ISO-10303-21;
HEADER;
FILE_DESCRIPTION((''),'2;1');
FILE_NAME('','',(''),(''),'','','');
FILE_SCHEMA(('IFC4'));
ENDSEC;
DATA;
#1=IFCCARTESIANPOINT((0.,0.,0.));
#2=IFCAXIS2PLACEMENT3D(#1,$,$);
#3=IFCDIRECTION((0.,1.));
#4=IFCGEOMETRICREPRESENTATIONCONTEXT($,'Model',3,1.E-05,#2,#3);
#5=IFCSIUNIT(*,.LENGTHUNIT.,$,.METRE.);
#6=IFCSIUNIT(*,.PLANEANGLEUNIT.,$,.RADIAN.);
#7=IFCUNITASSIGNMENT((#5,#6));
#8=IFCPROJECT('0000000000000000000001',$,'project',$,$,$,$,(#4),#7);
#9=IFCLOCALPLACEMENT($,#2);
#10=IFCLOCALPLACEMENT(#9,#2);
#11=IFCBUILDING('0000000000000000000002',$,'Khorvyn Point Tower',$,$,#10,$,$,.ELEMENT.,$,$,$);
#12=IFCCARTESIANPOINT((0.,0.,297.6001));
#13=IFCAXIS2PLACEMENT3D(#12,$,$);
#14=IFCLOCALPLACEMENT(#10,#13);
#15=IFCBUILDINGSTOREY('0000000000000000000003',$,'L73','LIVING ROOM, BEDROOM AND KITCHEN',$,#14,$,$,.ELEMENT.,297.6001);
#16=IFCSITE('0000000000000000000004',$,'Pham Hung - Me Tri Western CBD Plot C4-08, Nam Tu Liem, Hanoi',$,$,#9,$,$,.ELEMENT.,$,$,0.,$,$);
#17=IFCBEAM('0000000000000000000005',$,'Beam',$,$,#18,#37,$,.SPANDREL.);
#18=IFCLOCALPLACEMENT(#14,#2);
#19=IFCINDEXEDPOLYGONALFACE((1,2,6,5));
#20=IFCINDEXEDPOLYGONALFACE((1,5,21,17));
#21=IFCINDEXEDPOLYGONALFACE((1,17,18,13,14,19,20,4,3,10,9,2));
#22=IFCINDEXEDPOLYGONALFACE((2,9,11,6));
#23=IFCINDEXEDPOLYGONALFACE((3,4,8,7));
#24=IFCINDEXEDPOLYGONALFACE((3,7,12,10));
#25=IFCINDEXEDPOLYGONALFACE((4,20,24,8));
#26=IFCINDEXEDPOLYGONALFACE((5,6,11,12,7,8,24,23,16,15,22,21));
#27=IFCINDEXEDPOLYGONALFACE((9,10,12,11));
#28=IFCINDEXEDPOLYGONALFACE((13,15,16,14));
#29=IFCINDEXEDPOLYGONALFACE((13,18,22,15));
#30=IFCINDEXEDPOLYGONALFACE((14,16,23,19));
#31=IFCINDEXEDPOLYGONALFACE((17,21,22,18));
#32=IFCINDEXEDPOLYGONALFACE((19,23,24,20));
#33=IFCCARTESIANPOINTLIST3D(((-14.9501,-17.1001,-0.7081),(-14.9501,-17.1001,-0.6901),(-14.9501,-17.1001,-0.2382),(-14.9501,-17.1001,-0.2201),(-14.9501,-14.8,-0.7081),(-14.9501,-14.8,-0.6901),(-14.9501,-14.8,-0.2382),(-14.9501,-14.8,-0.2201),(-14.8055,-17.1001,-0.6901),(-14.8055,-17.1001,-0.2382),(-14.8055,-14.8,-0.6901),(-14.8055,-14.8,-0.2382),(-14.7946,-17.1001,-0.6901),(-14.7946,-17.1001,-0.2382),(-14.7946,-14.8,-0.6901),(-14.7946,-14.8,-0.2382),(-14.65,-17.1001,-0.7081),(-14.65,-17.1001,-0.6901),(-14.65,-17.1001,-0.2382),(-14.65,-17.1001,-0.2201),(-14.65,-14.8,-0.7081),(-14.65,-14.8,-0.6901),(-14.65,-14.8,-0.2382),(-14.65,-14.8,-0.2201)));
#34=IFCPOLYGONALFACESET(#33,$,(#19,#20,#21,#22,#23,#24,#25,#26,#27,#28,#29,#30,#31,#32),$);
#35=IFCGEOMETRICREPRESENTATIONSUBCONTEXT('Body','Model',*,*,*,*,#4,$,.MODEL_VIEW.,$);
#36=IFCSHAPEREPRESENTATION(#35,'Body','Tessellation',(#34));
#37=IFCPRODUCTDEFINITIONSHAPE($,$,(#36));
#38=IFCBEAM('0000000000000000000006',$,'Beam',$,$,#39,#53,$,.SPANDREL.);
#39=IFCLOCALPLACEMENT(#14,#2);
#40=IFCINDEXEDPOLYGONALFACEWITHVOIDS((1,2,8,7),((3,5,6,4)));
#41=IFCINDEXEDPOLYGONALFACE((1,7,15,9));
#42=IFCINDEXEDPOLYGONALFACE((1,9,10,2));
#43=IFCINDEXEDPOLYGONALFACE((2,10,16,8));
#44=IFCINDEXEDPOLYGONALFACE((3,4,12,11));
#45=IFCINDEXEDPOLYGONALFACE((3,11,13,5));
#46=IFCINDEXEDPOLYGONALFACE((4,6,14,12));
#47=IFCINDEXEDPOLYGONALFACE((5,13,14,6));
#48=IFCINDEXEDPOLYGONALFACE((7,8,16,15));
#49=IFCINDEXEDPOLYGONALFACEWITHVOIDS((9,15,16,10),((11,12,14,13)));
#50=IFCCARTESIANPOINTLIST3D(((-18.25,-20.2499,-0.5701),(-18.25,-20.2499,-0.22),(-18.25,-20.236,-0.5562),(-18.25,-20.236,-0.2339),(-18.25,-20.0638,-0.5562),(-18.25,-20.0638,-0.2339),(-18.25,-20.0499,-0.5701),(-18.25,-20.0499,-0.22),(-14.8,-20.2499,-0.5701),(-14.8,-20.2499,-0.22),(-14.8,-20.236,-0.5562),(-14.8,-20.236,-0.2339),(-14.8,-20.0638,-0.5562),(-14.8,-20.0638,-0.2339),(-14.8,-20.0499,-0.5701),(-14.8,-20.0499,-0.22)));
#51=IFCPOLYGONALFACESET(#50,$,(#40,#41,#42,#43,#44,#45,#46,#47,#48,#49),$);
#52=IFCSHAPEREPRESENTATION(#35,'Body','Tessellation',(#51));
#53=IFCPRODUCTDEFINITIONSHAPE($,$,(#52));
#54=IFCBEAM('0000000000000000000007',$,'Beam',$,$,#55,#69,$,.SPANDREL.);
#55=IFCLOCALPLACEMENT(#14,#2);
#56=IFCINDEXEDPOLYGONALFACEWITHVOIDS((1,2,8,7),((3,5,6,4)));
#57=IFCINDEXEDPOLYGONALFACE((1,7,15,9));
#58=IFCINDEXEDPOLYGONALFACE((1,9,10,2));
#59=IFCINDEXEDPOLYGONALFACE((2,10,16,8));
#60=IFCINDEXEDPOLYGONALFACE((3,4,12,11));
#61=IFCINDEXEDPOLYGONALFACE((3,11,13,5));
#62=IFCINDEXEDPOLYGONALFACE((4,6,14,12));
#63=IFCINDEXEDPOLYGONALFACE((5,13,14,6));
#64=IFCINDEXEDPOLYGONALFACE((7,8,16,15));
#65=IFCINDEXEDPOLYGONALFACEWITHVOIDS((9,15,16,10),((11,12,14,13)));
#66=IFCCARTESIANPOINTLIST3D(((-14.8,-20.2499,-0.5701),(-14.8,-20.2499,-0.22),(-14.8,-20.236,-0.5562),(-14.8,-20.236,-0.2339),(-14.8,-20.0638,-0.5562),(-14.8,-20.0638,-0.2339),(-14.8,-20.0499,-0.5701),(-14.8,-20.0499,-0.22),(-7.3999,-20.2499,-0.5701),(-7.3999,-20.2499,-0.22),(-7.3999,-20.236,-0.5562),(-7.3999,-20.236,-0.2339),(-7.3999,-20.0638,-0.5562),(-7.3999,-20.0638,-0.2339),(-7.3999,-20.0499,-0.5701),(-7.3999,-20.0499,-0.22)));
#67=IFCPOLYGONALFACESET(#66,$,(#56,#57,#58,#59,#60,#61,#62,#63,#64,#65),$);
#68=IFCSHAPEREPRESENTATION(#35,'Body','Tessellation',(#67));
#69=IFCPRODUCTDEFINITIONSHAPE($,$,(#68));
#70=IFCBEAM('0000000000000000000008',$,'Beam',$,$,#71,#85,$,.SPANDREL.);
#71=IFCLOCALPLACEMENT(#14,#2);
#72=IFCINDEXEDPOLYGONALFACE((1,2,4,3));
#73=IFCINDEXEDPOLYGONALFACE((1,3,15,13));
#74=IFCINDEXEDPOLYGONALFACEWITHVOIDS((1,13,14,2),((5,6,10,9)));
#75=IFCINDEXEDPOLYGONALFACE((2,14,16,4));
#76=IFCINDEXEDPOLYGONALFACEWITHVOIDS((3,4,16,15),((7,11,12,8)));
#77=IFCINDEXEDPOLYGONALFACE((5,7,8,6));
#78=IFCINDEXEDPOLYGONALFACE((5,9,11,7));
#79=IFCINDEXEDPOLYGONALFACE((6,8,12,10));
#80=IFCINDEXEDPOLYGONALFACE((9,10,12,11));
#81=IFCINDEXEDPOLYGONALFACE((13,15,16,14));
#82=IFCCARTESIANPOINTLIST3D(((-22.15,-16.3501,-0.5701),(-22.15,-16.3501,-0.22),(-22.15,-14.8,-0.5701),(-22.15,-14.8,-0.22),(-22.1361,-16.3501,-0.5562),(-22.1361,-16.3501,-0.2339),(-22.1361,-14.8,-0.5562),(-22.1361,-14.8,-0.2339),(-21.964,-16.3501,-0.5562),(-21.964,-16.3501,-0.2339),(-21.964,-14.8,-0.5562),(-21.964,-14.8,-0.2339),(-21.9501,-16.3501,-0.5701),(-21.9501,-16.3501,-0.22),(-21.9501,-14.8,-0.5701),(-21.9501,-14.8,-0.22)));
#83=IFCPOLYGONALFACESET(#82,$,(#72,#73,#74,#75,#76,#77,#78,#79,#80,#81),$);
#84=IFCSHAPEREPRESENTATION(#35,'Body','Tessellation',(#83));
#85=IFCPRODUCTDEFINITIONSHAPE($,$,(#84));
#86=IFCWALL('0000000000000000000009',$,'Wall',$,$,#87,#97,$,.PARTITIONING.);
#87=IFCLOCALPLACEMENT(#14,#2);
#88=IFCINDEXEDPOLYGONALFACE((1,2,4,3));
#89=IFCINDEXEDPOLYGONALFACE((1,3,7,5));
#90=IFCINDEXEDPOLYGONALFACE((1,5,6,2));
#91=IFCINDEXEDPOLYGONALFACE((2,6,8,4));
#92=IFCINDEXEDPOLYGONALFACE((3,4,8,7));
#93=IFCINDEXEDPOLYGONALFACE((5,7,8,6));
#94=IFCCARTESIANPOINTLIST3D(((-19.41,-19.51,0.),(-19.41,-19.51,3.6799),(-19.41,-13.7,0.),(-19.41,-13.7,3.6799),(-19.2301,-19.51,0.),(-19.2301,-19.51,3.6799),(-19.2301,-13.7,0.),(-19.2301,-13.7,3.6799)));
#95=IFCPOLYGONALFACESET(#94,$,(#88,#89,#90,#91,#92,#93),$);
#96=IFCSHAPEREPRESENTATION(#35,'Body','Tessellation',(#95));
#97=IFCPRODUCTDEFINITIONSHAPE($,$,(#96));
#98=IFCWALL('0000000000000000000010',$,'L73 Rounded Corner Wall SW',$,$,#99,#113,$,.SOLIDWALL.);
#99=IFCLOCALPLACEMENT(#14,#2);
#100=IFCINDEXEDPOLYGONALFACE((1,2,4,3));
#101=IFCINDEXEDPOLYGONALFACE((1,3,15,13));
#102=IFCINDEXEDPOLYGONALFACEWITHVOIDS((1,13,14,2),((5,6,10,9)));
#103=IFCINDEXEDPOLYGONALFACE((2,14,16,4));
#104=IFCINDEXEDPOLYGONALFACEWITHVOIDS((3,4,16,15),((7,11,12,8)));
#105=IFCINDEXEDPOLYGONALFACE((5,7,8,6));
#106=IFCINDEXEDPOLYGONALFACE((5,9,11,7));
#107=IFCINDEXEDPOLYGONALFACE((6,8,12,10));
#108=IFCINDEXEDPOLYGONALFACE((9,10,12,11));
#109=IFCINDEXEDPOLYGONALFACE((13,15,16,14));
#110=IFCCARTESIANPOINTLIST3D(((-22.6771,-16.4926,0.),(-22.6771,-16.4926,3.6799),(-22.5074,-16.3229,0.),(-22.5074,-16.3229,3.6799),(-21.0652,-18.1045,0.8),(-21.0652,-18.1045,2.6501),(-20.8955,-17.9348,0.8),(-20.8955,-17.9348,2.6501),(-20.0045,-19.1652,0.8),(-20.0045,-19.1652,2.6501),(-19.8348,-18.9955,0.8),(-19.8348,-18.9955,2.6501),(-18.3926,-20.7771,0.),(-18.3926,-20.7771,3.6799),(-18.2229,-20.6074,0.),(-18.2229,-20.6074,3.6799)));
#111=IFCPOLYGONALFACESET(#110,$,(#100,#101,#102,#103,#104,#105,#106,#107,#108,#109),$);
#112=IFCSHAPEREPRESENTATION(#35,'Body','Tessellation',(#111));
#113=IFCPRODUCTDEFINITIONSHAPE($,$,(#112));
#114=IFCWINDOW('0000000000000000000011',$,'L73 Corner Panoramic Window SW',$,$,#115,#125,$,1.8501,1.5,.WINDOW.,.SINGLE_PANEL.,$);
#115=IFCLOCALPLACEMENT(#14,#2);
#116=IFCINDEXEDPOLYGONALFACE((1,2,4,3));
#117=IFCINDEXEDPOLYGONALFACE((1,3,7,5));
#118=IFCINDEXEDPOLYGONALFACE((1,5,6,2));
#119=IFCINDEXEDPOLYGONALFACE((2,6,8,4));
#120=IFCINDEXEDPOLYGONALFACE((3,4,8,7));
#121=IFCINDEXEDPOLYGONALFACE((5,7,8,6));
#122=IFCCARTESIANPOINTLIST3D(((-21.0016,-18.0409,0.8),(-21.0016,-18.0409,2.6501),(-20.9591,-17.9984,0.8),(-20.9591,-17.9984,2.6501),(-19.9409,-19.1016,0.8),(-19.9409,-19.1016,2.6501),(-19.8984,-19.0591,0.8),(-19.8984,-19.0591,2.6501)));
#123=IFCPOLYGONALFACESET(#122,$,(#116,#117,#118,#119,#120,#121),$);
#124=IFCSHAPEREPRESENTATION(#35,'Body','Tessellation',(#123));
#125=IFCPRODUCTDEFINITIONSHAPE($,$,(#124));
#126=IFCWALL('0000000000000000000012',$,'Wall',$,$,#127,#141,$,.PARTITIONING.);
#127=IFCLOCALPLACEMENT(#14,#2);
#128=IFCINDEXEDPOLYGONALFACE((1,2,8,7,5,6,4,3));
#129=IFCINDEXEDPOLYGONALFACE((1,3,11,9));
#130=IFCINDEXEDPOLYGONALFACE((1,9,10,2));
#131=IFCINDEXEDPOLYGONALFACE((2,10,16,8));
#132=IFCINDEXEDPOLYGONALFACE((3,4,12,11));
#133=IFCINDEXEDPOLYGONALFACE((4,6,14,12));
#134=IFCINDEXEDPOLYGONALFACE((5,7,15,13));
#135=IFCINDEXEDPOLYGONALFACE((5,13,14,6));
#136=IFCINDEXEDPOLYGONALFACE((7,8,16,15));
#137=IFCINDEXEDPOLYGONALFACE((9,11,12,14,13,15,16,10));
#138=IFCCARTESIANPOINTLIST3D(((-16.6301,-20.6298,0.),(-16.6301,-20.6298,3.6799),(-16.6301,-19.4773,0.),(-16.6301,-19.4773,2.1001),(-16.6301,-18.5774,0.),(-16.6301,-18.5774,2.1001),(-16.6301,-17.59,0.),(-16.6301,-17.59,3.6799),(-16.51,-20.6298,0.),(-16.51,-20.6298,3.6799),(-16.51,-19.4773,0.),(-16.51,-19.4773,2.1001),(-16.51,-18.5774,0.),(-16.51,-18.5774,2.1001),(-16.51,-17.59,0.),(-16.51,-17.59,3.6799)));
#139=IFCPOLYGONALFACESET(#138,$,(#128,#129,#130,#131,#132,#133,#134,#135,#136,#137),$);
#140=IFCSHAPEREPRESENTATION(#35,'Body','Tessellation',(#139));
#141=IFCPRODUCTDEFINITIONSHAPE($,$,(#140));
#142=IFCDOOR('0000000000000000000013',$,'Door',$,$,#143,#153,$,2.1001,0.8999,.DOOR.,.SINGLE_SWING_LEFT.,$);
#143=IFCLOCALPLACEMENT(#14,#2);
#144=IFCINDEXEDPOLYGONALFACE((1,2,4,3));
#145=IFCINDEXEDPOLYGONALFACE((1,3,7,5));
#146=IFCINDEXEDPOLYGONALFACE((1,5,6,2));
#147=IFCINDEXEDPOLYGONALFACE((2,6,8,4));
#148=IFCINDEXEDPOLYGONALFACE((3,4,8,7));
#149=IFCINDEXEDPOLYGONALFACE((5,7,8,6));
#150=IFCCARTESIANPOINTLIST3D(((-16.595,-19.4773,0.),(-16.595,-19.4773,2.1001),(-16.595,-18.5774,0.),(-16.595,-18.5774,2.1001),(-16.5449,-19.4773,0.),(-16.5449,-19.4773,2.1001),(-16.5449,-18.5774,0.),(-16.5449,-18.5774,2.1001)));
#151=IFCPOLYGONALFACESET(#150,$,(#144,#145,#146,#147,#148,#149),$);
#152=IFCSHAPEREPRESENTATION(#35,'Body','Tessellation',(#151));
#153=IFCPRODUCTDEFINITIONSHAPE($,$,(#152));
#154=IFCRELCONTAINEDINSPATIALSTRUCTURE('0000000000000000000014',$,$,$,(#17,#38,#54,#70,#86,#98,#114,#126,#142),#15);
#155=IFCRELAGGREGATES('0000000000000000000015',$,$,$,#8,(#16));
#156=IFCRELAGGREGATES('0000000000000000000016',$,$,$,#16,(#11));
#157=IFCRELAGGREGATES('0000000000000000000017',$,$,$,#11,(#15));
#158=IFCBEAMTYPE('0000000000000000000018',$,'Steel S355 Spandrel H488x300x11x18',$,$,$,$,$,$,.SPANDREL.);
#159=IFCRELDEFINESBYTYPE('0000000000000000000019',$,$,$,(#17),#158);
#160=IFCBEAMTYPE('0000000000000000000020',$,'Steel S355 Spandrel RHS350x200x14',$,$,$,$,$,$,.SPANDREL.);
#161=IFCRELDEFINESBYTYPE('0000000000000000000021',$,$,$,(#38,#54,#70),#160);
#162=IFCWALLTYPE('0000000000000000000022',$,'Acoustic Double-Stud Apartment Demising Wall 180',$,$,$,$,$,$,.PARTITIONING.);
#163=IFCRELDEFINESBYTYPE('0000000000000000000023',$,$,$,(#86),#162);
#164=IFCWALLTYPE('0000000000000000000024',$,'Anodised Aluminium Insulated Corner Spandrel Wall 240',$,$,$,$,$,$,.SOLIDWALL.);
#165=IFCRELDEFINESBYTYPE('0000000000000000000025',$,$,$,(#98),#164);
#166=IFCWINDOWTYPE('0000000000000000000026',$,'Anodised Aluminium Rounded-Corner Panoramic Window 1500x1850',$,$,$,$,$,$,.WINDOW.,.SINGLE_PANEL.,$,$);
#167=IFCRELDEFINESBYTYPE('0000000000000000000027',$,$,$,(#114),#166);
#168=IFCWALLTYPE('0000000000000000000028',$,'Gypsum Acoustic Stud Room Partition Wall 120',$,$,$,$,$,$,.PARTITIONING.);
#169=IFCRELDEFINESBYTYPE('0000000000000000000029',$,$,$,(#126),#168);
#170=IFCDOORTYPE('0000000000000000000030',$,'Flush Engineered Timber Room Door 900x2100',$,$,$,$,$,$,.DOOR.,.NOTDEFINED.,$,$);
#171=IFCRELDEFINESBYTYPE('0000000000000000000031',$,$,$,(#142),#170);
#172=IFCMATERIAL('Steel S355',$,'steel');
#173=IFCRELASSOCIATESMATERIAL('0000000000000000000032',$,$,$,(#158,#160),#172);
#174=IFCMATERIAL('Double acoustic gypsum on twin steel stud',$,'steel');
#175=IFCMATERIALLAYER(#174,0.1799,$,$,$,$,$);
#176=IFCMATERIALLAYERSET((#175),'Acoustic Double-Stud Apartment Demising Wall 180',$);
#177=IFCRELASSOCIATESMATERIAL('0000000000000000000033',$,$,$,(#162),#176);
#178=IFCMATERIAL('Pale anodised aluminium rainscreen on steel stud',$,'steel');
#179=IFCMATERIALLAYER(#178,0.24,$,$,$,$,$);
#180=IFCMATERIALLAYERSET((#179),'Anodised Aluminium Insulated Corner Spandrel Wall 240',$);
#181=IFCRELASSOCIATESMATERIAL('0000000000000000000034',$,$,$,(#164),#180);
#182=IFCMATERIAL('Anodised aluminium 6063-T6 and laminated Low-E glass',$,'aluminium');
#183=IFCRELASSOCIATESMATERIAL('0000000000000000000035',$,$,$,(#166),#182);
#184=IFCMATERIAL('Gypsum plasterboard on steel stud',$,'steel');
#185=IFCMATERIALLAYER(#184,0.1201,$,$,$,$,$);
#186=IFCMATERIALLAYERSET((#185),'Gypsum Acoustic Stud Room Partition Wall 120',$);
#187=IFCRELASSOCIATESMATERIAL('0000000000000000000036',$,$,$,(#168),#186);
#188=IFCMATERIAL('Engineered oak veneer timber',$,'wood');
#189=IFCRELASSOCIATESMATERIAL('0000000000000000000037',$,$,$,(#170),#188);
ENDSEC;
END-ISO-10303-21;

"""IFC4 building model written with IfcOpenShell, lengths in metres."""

from ifc_helpers import new_model, si_unit, direction, frame, frame_2d, origin, origin_2d, place, context, subcontext, project, spatial, rectangle, hollow_rectangle, i_section, extrude, material, layer, layer_set, material_profile, profile_set, type_object, element, fill, save


model = new_model("IFC4")

# Units and contexts
model_context = context("Model", 3, precision=1e-05, world=origin(), true_north=direction((0.0, 1.0)))
body_context = subcontext(model_context, "Body", "Model", "MODEL_VIEW")
ifc_project = project(units=[si_unit("LENGTHUNIT", "METRE"), si_unit("PLANEANGLEUNIT", "RADIAN")], contexts=[model_context])

# Site, building, storey
site_placement = place(None, origin())
site = spatial("IfcSite", under=ifc_project, at=site_placement, Name="Pham Hung - Me Tri Western CBD Plot C4-08, Nam Tu Liem, Hanoi", CompositionType="ELEMENT", RefElevation=0.0)
building_placement = place(site_placement, origin())
building = spatial("IfcBuilding", under=site, at=building_placement, Name="Khorvyn Point Tower", CompositionType="ELEMENT")
storey_placement = place(building_placement, frame((0.0, 0.0, 297.6001)))
storey = spatial("IfcBuildingStorey", under=building, at=storey_placement, Name="L73", Description="LIVING ROOM, BEDROOM AND KITCHEN", CompositionType="ELEMENT", Elevation=297.6001)

# Shared definitions
ifc_material_1 = material(Name="Steel S355", Category="steel")

# Shared definitions
ifc_material_2 = material(Name="Anodised aluminium 6063-T6 and laminated Low-E glass", Category="aluminium")

# Beams
ifc_material_profile_1 = material_profile(ifc_material_1, i_section(OverallWidth=0.3, OverallDepth=0.488, WebThickness=0.011, FlangeThickness=0.0181, at=origin_2d()))
ifc_profile_set_1 = profile_set([ifc_material_profile_1], Name="Steel S355 H488x300x11x18")
beam_type_1 = type_object("IfcBeamType", Name="Steel S355 Spandrel H488x300x11x18", PredefinedType="SPANDREL", material=ifc_profile_set_1)
beam_1_placement = place(storey_placement, frame((-14.8, -17.1001, -0.4641), z_axis=(0.0, 1.0, 0.0), x_axis=(-1.0, 0.0, 0.0)))
element("IfcBeam", 1, at=beam_1_placement, inside=storey, type_object=beam_type_1, Name="Beam", PredefinedType="SPANDREL", context=body_context, shape_type="SweptSolid", body=[
    extrude(i_section(OverallWidth=0.3, OverallDepth=0.488, WebThickness=0.011, FlangeThickness=0.0181, at=origin_2d()), origin(), (0.0, 0.0, 1.0), 2.3),
])
ifc_material_profile_2 = material_profile(ifc_material_1, hollow_rectangle(XDim=0.2, YDim=0.3501, WallThickness=0.0139, at=origin_2d()))
ifc_profile_set_2 = profile_set([ifc_material_profile_2], Name="Steel S355 RHS350x200x14")
beam_type_2 = type_object("IfcBeamType", Name="Steel S355 Spandrel RHS350x200x14", PredefinedType="SPANDREL", material=ifc_profile_set_2)
beam_2_placement = place(storey_placement, frame((-18.25, -20.1499, -0.395), z_axis=(1.0, 0.0, 0.0), x_axis=(0.0, 1.0, 0.0)))
element("IfcBeam", 2, at=beam_2_placement, inside=storey, type_object=beam_type_2, Name="Beam", PredefinedType="SPANDREL", context=body_context, shape_type="SweptSolid", body=[
    extrude(hollow_rectangle(XDim=0.2, YDim=0.3501, WallThickness=0.0139, at=origin_2d()), origin(), (0.0, 0.0, 1.0), 3.45),
])
beam_3_placement = place(storey_placement, frame((-14.8, -20.1499, -0.395), z_axis=(1.0, 0.0, 0.0), x_axis=(0.0, 1.0, 0.0)))
element("IfcBeam", 3, at=beam_3_placement, inside=storey, type_object=beam_type_2, Name="Beam", PredefinedType="SPANDREL", context=body_context, shape_type="SweptSolid", body=[
    extrude(hollow_rectangle(XDim=0.2, YDim=0.3501, WallThickness=0.0139, at=origin_2d()), origin(), (0.0, 0.0, 1.0), 7.4001),
])
beam_4_placement = place(storey_placement, frame((-22.05, -16.3501, -0.395), z_axis=(0.0, 1.0, 0.0), x_axis=(-1.0, 0.0, 0.0)))
element("IfcBeam", 4, at=beam_4_placement, inside=storey, type_object=beam_type_2, Name="Beam", PredefinedType="SPANDREL", context=body_context, shape_type="SweptSolid", body=[
    extrude(hollow_rectangle(XDim=0.2, YDim=0.3501, WallThickness=0.0139, at=origin_2d()), origin(), (0.0, 0.0, 1.0), 1.55),
])

# Wall
ifc_material_3 = material(Name="Double acoustic gypsum on twin steel stud", Category="steel")
ifc_layer_1 = layer(ifc_material_3, 0.1799)
ifc_layer_set_1 = layer_set([ifc_layer_1], Name="Acoustic Double-Stud Apartment Demising Wall 180")
wall_type_1 = type_object("IfcWallType", Name="Acoustic Double-Stud Apartment Demising Wall 180", PredefinedType="PARTITIONING", material=ifc_layer_set_1)
wall_1_placement = place(storey_placement, frame((-19.3201, -19.51, 0.0), z_axis=(0.0, 0.0, 1.0), x_axis=(0.0, 1.0, 0.0)))
element("IfcWall", 5, at=wall_1_placement, inside=storey, type_object=wall_type_1, Name="Wall", PredefinedType="PARTITIONING", context=body_context, shape_type="SweptSolid", body=[
    extrude(rectangle(XDim=5.8101, YDim=0.1799, at=frame_2d((2.905, 0.0))), origin(), (0.0, 0.0, 1.0), 3.6799),
])

# Wall, opening, window
ifc_material_4 = material(Name="Pale anodised aluminium rainscreen on steel stud", Category="steel")
ifc_layer_2 = layer(ifc_material_4, 0.24)
ifc_layer_set_2 = layer_set([ifc_layer_2], Name="Anodised Aluminium Insulated Corner Spandrel Wall 240")
wall_type_2 = type_object("IfcWallType", Name="Anodised Aluminium Insulated Corner Spandrel Wall 240", PredefinedType="SOLIDWALL", material=ifc_layer_set_2)
wall_2_placement = place(storey_placement, frame((-18.3076, -20.6924, 0.0), z_axis=(0.0, 0.0, 1.0), x_axis=(-0.707107, 0.707107, 0.0)))
wall_2 = element("IfcWall", 6, at=wall_2_placement, inside=storey, type_object=wall_type_2, Name="L73 Rounded Corner Wall SW", PredefinedType="SOLIDWALL", context=body_context, shape_type="SweptSolid", body=[
    extrude(rectangle(XDim=6.0593, YDim=0.24, at=frame_2d((3.0298, 0.0))), origin(), (0.0, 0.0, 1.0), 3.6799),
])
opening_1_placement = place(wall_2_placement, frame((2.2798, 0.0, 0.8)))
opening_1 = element("IfcOpeningElement", 7, at=opening_1_placement, cuts=wall_2, PredefinedType="OPENING", context=body_context, shape_type="SweptSolid", body=[
    extrude(rectangle(XDim=1.5, YDim=1.8501, at=frame_2d((0.75, 0.925))), frame((0.0, 0.1299, 0.0), z_axis=(0.0, -1.0, 0.0), x_axis=(1.0, 0.0, 0.0)), (0.0, 0.0, 1.0), 0.26),
])
window_type = type_object("IfcWindowType", Name="Anodised Aluminium Rounded-Corner Panoramic Window 1500x1850", PartitioningType="SINGLE_PANEL", PredefinedType="WINDOW", material=ifc_material_2)
window_placement = place(opening_1_placement, origin())
window = element("IfcWindow", 8, at=window_placement, inside=storey, type_object=window_type, Name="L73 Corner Panoramic Window SW", OverallHeight=1.8501, OverallWidth=1.5, PartitioningType="SINGLE_PANEL", PredefinedType="WINDOW", context=body_context, shape_type="SweptSolid", body=[
    extrude(rectangle(XDim=1.5, YDim=1.8501, at=frame_2d((0.75, 0.925))), frame((0.0, 0.03, 0.0), z_axis=(0.0, -1.0, 0.0), x_axis=(1.0, 0.0, 0.0)), (0.0, 0.0, 1.0), 0.0601),
])
fill(opening_1, window)

# Wall, opening, door
ifc_material_5 = material(Name="Gypsum plasterboard on steel stud", Category="steel")
ifc_layer_3 = layer(ifc_material_5, 0.1201)
ifc_layer_set_3 = layer_set([ifc_layer_3], Name="Gypsum Acoustic Stud Room Partition Wall 120")
wall_type_3 = type_object("IfcWallType", Name="Gypsum Acoustic Stud Room Partition Wall 120", PredefinedType="PARTITIONING", material=ifc_layer_set_3)
wall_3_placement = place(storey_placement, frame((-16.5701, -20.6299, 0.0), z_axis=(0.0, 0.0, 1.0), x_axis=(0.0, 1.0, 0.0)))
wall_3 = element("IfcWall", 9, at=wall_3_placement, inside=storey, type_object=wall_type_3, Name="Wall", PredefinedType="PARTITIONING", context=body_context, shape_type="SweptSolid", body=[
    extrude(rectangle(XDim=3.0398, YDim=0.1201, at=frame_2d((1.52, 0.0))), origin(), (0.0, 0.0, 1.0), 3.6799),
])
opening_2_placement = place(wall_3_placement, frame((1.1526, 0.0, 0.0)))
opening_2 = element("IfcOpeningElement", 10, at=opening_2_placement, cuts=wall_3, PredefinedType="OPENING", context=body_context, shape_type="SweptSolid", body=[
    extrude(rectangle(XDim=0.8999, YDim=2.1001, at=frame_2d((0.45, 1.05))), frame((0.0, 0.0701, 0.0), z_axis=(0.0, -1.0, 0.0), x_axis=(1.0, 0.0, 0.0)), (0.0, 0.0, 1.0), 0.1401),
])
ifc_material_6 = material(Name="Engineered oak veneer timber", Category="wood")
door_type_1 = type_object("IfcDoorType", Name="Flush Engineered Timber Room Door 900x2100", OperationType="NOTDEFINED", PredefinedType="DOOR", material=ifc_material_6)
door_1_placement = place(opening_2_placement, origin())
door_1 = element("IfcDoor", 11, at=door_1_placement, inside=storey, type_object=door_type_1, Name="Door", OperationType="SINGLE_SWING_LEFT", OverallHeight=2.1001, OverallWidth=0.8999, PredefinedType="DOOR", context=body_context, shape_type="SweptSolid", body=[
    extrude(rectangle(XDim=0.8999, YDim=2.1001, at=frame_2d((0.45, 1.05))), frame((0.0, 0.0249, 0.0), z_axis=(0.0, -1.0, 0.0), x_axis=(1.0, 0.0, 0.0)), (0.0, 0.0, 1.0), 0.05),
])
fill(opening_2, door_1)

save(model, "model.ifc")
